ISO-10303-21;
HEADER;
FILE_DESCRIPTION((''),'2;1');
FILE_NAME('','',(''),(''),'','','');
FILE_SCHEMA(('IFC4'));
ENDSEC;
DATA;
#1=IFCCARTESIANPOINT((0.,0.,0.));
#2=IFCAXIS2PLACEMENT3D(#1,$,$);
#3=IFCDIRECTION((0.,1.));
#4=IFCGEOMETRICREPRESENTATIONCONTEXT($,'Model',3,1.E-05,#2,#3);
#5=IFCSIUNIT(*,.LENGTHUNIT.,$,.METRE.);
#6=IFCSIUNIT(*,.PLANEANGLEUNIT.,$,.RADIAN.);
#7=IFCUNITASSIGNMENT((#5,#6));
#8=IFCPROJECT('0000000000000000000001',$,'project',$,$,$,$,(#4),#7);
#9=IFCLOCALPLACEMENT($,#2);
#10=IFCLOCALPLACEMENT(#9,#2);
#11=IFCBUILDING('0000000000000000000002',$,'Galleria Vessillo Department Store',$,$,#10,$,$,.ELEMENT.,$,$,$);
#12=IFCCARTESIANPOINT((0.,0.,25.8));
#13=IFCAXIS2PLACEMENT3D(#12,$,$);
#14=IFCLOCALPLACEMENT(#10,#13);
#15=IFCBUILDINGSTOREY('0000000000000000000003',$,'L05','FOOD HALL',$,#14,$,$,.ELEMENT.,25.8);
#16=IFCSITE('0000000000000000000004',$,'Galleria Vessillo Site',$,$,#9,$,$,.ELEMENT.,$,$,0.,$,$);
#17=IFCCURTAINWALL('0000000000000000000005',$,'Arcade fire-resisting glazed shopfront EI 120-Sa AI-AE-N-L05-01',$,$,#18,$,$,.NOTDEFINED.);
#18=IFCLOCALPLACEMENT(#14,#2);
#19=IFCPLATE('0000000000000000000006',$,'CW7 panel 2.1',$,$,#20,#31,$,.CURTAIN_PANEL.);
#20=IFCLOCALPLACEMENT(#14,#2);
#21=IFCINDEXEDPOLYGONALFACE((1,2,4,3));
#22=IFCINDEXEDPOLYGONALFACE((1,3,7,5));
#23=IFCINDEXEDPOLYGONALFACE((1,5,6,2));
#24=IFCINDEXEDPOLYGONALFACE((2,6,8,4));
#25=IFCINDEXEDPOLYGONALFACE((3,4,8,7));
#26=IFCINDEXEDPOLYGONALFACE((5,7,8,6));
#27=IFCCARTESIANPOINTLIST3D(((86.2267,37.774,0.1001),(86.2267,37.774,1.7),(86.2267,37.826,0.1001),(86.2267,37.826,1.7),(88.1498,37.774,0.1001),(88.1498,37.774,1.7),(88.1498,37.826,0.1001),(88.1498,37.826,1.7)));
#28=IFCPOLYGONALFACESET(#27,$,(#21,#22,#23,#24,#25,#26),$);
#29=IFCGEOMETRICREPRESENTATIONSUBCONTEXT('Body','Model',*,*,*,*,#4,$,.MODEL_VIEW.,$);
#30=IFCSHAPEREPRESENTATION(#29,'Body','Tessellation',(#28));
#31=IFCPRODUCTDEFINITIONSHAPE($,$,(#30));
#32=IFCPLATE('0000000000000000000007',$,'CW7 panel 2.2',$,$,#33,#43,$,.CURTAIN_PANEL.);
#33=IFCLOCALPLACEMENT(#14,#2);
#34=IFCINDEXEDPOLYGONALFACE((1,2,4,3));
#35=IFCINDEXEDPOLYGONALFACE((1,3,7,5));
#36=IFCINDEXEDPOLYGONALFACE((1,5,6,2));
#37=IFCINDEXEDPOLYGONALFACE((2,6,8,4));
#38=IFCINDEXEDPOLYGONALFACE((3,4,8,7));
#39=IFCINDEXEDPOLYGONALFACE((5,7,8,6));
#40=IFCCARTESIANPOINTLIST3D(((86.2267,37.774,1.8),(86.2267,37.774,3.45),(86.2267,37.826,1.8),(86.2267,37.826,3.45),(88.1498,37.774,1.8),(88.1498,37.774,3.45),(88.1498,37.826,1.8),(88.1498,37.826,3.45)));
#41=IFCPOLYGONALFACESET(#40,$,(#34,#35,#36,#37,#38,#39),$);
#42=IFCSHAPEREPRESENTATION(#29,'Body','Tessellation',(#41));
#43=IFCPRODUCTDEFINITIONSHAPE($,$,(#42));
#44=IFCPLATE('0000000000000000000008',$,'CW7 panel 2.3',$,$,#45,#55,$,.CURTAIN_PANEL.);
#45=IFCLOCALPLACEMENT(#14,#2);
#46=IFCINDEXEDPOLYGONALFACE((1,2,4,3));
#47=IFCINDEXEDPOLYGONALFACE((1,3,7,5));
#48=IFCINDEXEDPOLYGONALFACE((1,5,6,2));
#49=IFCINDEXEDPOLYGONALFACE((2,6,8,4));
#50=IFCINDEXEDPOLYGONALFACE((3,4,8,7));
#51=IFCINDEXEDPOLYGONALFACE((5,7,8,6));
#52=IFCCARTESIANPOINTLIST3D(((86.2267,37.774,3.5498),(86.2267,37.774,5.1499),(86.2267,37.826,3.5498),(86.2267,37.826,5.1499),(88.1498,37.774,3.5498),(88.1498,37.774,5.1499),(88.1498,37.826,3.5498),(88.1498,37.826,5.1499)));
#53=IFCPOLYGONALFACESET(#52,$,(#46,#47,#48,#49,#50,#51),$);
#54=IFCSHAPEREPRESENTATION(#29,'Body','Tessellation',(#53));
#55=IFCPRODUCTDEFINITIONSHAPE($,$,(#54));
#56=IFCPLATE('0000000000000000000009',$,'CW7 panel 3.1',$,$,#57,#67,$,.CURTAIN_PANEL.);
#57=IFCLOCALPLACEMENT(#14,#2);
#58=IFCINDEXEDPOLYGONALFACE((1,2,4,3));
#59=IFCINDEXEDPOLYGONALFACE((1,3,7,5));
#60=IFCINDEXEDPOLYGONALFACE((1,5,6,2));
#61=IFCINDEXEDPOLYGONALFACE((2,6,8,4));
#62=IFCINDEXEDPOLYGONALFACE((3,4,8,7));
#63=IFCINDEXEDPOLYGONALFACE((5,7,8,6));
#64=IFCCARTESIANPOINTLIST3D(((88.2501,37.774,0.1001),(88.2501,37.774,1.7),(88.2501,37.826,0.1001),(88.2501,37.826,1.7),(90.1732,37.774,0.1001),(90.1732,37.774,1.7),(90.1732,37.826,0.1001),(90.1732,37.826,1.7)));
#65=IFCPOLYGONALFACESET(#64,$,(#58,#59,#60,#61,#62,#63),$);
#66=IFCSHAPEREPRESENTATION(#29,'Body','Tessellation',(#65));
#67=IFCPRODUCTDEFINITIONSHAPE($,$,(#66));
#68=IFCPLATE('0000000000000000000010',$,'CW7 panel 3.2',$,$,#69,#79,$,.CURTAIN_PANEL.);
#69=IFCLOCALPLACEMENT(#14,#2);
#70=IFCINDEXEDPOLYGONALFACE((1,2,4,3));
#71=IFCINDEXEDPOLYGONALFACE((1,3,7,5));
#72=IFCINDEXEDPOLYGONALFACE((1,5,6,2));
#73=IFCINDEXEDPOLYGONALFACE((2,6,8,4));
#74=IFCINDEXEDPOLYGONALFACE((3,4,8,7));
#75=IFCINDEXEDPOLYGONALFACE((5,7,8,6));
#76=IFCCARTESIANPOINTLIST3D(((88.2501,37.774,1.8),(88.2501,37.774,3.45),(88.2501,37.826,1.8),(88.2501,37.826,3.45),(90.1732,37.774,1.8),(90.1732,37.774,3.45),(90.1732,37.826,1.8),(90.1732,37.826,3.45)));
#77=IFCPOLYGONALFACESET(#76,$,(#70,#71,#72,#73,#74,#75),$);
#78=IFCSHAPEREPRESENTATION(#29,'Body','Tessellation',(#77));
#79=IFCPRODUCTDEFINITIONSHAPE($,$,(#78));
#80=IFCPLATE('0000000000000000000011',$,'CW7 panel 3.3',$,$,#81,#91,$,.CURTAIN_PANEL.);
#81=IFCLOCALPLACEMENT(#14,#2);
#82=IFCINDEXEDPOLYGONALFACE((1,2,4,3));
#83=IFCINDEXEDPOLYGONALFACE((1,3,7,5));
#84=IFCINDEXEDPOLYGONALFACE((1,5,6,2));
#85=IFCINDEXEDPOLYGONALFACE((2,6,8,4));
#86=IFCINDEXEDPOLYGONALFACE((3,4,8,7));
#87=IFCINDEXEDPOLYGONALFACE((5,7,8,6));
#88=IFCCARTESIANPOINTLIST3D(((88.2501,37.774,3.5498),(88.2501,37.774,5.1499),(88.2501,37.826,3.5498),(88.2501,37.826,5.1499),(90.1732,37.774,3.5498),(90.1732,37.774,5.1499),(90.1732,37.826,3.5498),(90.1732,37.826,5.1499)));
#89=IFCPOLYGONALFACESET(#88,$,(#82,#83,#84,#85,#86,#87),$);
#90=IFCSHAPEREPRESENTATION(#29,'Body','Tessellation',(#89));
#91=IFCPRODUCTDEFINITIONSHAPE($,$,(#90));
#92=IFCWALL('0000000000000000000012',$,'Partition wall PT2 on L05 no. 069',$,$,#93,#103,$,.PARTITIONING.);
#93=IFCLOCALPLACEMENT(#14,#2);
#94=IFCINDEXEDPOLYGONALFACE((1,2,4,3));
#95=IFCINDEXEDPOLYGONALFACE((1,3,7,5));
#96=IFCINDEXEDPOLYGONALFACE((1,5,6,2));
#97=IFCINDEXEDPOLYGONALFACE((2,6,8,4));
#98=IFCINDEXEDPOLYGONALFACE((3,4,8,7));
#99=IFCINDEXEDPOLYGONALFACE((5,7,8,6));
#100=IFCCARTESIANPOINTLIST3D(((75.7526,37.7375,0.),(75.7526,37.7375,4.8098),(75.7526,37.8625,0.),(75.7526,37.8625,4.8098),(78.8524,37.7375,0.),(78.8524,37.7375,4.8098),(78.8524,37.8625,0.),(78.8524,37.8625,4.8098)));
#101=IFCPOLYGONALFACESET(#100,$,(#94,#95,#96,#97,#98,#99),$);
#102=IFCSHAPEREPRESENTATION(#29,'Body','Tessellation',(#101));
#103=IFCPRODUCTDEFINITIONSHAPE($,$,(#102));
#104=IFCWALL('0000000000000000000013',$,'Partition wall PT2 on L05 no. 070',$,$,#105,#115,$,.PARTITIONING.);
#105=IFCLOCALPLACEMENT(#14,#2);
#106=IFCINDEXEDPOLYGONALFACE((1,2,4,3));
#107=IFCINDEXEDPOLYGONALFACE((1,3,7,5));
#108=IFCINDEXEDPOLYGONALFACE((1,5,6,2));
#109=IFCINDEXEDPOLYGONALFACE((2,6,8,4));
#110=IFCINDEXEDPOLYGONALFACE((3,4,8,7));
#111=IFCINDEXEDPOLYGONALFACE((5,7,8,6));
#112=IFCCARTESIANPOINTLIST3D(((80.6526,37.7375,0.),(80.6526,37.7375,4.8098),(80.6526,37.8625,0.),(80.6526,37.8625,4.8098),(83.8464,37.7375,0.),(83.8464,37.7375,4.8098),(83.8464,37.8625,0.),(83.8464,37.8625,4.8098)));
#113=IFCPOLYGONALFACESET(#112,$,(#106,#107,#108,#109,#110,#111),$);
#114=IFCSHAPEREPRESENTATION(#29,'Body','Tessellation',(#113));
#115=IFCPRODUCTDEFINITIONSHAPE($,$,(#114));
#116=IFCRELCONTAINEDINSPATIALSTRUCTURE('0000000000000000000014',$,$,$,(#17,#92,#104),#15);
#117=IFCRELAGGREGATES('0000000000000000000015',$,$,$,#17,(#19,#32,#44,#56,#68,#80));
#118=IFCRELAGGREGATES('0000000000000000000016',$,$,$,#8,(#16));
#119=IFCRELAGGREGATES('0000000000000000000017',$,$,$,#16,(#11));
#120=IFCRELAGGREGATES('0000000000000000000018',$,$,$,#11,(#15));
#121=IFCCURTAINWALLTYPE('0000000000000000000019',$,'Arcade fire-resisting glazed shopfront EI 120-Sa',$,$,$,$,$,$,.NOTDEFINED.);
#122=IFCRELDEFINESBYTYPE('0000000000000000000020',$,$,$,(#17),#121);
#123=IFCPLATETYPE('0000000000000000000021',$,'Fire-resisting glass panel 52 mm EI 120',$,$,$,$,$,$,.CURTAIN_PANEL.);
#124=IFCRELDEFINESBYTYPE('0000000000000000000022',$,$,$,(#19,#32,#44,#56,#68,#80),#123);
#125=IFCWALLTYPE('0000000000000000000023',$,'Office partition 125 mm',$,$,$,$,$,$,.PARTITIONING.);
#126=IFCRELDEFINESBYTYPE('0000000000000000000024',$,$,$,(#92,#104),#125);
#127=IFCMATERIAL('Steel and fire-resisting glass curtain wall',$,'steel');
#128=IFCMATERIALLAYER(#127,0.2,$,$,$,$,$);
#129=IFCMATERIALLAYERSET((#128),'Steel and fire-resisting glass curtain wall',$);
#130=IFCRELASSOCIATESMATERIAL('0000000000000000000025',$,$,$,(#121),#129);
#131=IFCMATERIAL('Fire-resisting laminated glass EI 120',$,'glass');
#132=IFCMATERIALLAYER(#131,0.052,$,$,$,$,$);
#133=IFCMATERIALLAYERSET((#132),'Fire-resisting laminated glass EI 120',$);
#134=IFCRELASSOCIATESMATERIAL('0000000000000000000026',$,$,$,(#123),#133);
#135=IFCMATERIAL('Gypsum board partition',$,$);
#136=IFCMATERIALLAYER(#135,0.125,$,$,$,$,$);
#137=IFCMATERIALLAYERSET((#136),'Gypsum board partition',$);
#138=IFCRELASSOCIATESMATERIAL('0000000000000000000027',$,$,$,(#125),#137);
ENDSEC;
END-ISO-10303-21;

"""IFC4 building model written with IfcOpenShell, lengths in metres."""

from ifc_helpers import new_model, si_unit, direction, frame, frame_2d, origin, origin_2d, place, context, subcontext, project, spatial, rectangle, extrude, material, layer, layer_set, type_object, element, aggregate, save


model = new_model("IFC4")

# Units and contexts
model_context = context("Model", 3, precision=1e-05, world=origin(), true_north=direction((0.0, 1.0)))
body_context = subcontext(model_context, "Body", "Model", "MODEL_VIEW")
ifc_project = project(units=[si_unit("LENGTHUNIT", "METRE"), si_unit("PLANEANGLEUNIT", "RADIAN")], contexts=[model_context])

# Site, building, storey
site_placement = place(None, origin())
site = spatial("IfcSite", under=ifc_project, at=site_placement, Name="Galleria Vessillo Site", CompositionType="ELEMENT", RefElevation=0.0)
building_placement = place(site_placement, origin())
building = spatial("IfcBuilding", under=site, at=building_placement, Name="Galleria Vessillo Department Store", CompositionType="ELEMENT")
storey_placement = place(building_placement, frame((0.0, 0.0, 25.8)))
storey = spatial("IfcBuildingStorey", under=building, at=storey_placement, Name="L05", Description="FOOD HALL", CompositionType="ELEMENT", Elevation=25.8)

# Curtain wall
ifc_material_1 = material(Name="Steel and fire-resisting glass curtain wall", Category="steel")
ifc_layer_1 = layer(ifc_material_1, 0.2)
ifc_layer_set_1 = layer_set([ifc_layer_1], Name="Steel and fire-resisting glass curtain wall")
curtain_wall_type = type_object("IfcCurtainWallType", Name="Arcade fire-resisting glazed shopfront EI 120-Sa", PredefinedType="NOTDEFINED", material=ifc_layer_set_1)
curtain_wall_placement = place(storey_placement, origin())
curtain_wall = element("IfcCurtainWall", 1, at=curtain_wall_placement, inside=storey, type_object=curtain_wall_type, Name="Arcade fire-resisting glazed shopfront EI 120-Sa AI-AE-N-L05-01", PredefinedType="NOTDEFINED")

# Plates
ifc_material_2 = material(Name="Fire-resisting laminated glass EI 120", Category="glass")
ifc_layer_2 = layer(ifc_material_2, 0.052)
ifc_layer_set_2 = layer_set([ifc_layer_2], Name="Fire-resisting laminated glass EI 120")
plate_type = type_object("IfcPlateType", Name="Fire-resisting glass panel 52 mm EI 120", PredefinedType="CURTAIN_PANEL", material=ifc_layer_set_2)
plate_1_placement = place(storey_placement, frame((87.1882, 37.8, 0.1001), z_axis=(0.0, 0.0, 1.0), x_axis=(1.0, 0.0, 0.0)))
plate_1 = element("IfcPlate", 2, at=plate_1_placement, type_object=plate_type, Name="CW7 panel 2.1", PredefinedType="CURTAIN_PANEL", context=body_context, shape_type="SweptSolid", body=[
    extrude(rectangle(XDim=1.9231, YDim=0.052, at=origin_2d()), origin(), (0.0, 0.0, 1.0), 1.5999),
])
plate_2_placement = place(storey_placement, frame((87.1882, 37.8, 1.8), z_axis=(0.0, 0.0, 1.0), x_axis=(1.0, 0.0, 0.0)))
plate_2 = element("IfcPlate", 3, at=plate_2_placement, type_object=plate_type, Name="CW7 panel 2.2", PredefinedType="CURTAIN_PANEL", context=body_context, shape_type="SweptSolid", body=[
    extrude(rectangle(XDim=1.9231, YDim=0.052, at=origin_2d()), origin(), (0.0, 0.0, 1.0), 1.6499),
])
plate_3_placement = place(storey_placement, frame((87.1882, 37.8, 3.5498), z_axis=(0.0, 0.0, 1.0), x_axis=(1.0, 0.0, 0.0)))
plate_3 = element("IfcPlate", 4, at=plate_3_placement, type_object=plate_type, Name="CW7 panel 2.3", PredefinedType="CURTAIN_PANEL", context=body_context, shape_type="SweptSolid", body=[
    extrude(rectangle(XDim=1.9231, YDim=0.052, at=origin_2d()), origin(), (0.0, 0.0, 1.0), 1.6001),
])
plate_4_placement = place(storey_placement, frame((89.2117, 37.8, 0.1001), z_axis=(0.0, 0.0, 1.0), x_axis=(1.0, 0.0, 0.0)))
plate_4 = element("IfcPlate", 5, at=plate_4_placement, type_object=plate_type, Name="CW7 panel 3.1", PredefinedType="CURTAIN_PANEL", context=body_context, shape_type="SweptSolid", body=[
    extrude(rectangle(XDim=1.9231, YDim=0.052, at=origin_2d()), origin(), (0.0, 0.0, 1.0), 1.5999),
])
plate_5_placement = place(storey_placement, frame((89.2117, 37.8, 1.8), z_axis=(0.0, 0.0, 1.0), x_axis=(1.0, 0.0, 0.0)))
plate_5 = element("IfcPlate", 6, at=plate_5_placement, type_object=plate_type, Name="CW7 panel 3.2", PredefinedType="CURTAIN_PANEL", context=body_context, shape_type="SweptSolid", body=[
    extrude(rectangle(XDim=1.9231, YDim=0.052, at=origin_2d()), origin(), (0.0, 0.0, 1.0), 1.6499),
])
plate_6_placement = place(storey_placement, frame((89.2117, 37.8, 3.5498), z_axis=(0.0, 0.0, 1.0), x_axis=(1.0, 0.0, 0.0)))
plate_6 = element("IfcPlate", 7, at=plate_6_placement, type_object=plate_type, Name="CW7 panel 3.3", PredefinedType="CURTAIN_PANEL", context=body_context, shape_type="SweptSolid", body=[
    extrude(rectangle(XDim=1.9231, YDim=0.052, at=origin_2d()), origin(), (0.0, 0.0, 1.0), 1.6001),
])
aggregate(curtain_wall, [plate_1, plate_2, plate_3, plate_4, plate_5, plate_6])

# Walls
ifc_material_3 = material(Name="Gypsum board partition")
ifc_layer_3 = layer(ifc_material_3, 0.125)
ifc_layer_set_3 = layer_set([ifc_layer_3], Name="Gypsum board partition")
wall_type = type_object("IfcWallType", Name="Office partition 125 mm", PredefinedType="PARTITIONING", material=ifc_layer_set_3)
wall_1_placement = place(storey_placement, frame((75.7527, 37.8, 0.0), z_axis=(0.0, 0.0, 1.0), x_axis=(1.0, 0.0, 0.0)))
element("IfcWall", 8, at=wall_1_placement, inside=storey, type_object=wall_type, Name="Partition wall PT2 on L05 no. 069", PredefinedType="PARTITIONING", context=body_context, shape_type="SweptSolid", body=[
    extrude(rectangle(XDim=3.0999, YDim=0.125, at=frame_2d((1.5498, 0.0))), origin(), (0.0, 0.0, 1.0), 4.8098),
])
wall_2_placement = place(storey_placement, frame((80.6526, 37.8, 0.0), z_axis=(0.0, 0.0, 1.0), x_axis=(1.0, 0.0, 0.0)))
element("IfcWall", 9, at=wall_2_placement, inside=storey, type_object=wall_type, Name="Partition wall PT2 on L05 no. 070", PredefinedType="PARTITIONING", context=body_context, shape_type="SweptSolid", body=[
    extrude(rectangle(XDim=3.1938, YDim=0.125, at=frame_2d((1.5969, 0.0))), origin(), (0.0, 0.0, 1.0), 4.8098),
])

save(model, "model.ifc")
